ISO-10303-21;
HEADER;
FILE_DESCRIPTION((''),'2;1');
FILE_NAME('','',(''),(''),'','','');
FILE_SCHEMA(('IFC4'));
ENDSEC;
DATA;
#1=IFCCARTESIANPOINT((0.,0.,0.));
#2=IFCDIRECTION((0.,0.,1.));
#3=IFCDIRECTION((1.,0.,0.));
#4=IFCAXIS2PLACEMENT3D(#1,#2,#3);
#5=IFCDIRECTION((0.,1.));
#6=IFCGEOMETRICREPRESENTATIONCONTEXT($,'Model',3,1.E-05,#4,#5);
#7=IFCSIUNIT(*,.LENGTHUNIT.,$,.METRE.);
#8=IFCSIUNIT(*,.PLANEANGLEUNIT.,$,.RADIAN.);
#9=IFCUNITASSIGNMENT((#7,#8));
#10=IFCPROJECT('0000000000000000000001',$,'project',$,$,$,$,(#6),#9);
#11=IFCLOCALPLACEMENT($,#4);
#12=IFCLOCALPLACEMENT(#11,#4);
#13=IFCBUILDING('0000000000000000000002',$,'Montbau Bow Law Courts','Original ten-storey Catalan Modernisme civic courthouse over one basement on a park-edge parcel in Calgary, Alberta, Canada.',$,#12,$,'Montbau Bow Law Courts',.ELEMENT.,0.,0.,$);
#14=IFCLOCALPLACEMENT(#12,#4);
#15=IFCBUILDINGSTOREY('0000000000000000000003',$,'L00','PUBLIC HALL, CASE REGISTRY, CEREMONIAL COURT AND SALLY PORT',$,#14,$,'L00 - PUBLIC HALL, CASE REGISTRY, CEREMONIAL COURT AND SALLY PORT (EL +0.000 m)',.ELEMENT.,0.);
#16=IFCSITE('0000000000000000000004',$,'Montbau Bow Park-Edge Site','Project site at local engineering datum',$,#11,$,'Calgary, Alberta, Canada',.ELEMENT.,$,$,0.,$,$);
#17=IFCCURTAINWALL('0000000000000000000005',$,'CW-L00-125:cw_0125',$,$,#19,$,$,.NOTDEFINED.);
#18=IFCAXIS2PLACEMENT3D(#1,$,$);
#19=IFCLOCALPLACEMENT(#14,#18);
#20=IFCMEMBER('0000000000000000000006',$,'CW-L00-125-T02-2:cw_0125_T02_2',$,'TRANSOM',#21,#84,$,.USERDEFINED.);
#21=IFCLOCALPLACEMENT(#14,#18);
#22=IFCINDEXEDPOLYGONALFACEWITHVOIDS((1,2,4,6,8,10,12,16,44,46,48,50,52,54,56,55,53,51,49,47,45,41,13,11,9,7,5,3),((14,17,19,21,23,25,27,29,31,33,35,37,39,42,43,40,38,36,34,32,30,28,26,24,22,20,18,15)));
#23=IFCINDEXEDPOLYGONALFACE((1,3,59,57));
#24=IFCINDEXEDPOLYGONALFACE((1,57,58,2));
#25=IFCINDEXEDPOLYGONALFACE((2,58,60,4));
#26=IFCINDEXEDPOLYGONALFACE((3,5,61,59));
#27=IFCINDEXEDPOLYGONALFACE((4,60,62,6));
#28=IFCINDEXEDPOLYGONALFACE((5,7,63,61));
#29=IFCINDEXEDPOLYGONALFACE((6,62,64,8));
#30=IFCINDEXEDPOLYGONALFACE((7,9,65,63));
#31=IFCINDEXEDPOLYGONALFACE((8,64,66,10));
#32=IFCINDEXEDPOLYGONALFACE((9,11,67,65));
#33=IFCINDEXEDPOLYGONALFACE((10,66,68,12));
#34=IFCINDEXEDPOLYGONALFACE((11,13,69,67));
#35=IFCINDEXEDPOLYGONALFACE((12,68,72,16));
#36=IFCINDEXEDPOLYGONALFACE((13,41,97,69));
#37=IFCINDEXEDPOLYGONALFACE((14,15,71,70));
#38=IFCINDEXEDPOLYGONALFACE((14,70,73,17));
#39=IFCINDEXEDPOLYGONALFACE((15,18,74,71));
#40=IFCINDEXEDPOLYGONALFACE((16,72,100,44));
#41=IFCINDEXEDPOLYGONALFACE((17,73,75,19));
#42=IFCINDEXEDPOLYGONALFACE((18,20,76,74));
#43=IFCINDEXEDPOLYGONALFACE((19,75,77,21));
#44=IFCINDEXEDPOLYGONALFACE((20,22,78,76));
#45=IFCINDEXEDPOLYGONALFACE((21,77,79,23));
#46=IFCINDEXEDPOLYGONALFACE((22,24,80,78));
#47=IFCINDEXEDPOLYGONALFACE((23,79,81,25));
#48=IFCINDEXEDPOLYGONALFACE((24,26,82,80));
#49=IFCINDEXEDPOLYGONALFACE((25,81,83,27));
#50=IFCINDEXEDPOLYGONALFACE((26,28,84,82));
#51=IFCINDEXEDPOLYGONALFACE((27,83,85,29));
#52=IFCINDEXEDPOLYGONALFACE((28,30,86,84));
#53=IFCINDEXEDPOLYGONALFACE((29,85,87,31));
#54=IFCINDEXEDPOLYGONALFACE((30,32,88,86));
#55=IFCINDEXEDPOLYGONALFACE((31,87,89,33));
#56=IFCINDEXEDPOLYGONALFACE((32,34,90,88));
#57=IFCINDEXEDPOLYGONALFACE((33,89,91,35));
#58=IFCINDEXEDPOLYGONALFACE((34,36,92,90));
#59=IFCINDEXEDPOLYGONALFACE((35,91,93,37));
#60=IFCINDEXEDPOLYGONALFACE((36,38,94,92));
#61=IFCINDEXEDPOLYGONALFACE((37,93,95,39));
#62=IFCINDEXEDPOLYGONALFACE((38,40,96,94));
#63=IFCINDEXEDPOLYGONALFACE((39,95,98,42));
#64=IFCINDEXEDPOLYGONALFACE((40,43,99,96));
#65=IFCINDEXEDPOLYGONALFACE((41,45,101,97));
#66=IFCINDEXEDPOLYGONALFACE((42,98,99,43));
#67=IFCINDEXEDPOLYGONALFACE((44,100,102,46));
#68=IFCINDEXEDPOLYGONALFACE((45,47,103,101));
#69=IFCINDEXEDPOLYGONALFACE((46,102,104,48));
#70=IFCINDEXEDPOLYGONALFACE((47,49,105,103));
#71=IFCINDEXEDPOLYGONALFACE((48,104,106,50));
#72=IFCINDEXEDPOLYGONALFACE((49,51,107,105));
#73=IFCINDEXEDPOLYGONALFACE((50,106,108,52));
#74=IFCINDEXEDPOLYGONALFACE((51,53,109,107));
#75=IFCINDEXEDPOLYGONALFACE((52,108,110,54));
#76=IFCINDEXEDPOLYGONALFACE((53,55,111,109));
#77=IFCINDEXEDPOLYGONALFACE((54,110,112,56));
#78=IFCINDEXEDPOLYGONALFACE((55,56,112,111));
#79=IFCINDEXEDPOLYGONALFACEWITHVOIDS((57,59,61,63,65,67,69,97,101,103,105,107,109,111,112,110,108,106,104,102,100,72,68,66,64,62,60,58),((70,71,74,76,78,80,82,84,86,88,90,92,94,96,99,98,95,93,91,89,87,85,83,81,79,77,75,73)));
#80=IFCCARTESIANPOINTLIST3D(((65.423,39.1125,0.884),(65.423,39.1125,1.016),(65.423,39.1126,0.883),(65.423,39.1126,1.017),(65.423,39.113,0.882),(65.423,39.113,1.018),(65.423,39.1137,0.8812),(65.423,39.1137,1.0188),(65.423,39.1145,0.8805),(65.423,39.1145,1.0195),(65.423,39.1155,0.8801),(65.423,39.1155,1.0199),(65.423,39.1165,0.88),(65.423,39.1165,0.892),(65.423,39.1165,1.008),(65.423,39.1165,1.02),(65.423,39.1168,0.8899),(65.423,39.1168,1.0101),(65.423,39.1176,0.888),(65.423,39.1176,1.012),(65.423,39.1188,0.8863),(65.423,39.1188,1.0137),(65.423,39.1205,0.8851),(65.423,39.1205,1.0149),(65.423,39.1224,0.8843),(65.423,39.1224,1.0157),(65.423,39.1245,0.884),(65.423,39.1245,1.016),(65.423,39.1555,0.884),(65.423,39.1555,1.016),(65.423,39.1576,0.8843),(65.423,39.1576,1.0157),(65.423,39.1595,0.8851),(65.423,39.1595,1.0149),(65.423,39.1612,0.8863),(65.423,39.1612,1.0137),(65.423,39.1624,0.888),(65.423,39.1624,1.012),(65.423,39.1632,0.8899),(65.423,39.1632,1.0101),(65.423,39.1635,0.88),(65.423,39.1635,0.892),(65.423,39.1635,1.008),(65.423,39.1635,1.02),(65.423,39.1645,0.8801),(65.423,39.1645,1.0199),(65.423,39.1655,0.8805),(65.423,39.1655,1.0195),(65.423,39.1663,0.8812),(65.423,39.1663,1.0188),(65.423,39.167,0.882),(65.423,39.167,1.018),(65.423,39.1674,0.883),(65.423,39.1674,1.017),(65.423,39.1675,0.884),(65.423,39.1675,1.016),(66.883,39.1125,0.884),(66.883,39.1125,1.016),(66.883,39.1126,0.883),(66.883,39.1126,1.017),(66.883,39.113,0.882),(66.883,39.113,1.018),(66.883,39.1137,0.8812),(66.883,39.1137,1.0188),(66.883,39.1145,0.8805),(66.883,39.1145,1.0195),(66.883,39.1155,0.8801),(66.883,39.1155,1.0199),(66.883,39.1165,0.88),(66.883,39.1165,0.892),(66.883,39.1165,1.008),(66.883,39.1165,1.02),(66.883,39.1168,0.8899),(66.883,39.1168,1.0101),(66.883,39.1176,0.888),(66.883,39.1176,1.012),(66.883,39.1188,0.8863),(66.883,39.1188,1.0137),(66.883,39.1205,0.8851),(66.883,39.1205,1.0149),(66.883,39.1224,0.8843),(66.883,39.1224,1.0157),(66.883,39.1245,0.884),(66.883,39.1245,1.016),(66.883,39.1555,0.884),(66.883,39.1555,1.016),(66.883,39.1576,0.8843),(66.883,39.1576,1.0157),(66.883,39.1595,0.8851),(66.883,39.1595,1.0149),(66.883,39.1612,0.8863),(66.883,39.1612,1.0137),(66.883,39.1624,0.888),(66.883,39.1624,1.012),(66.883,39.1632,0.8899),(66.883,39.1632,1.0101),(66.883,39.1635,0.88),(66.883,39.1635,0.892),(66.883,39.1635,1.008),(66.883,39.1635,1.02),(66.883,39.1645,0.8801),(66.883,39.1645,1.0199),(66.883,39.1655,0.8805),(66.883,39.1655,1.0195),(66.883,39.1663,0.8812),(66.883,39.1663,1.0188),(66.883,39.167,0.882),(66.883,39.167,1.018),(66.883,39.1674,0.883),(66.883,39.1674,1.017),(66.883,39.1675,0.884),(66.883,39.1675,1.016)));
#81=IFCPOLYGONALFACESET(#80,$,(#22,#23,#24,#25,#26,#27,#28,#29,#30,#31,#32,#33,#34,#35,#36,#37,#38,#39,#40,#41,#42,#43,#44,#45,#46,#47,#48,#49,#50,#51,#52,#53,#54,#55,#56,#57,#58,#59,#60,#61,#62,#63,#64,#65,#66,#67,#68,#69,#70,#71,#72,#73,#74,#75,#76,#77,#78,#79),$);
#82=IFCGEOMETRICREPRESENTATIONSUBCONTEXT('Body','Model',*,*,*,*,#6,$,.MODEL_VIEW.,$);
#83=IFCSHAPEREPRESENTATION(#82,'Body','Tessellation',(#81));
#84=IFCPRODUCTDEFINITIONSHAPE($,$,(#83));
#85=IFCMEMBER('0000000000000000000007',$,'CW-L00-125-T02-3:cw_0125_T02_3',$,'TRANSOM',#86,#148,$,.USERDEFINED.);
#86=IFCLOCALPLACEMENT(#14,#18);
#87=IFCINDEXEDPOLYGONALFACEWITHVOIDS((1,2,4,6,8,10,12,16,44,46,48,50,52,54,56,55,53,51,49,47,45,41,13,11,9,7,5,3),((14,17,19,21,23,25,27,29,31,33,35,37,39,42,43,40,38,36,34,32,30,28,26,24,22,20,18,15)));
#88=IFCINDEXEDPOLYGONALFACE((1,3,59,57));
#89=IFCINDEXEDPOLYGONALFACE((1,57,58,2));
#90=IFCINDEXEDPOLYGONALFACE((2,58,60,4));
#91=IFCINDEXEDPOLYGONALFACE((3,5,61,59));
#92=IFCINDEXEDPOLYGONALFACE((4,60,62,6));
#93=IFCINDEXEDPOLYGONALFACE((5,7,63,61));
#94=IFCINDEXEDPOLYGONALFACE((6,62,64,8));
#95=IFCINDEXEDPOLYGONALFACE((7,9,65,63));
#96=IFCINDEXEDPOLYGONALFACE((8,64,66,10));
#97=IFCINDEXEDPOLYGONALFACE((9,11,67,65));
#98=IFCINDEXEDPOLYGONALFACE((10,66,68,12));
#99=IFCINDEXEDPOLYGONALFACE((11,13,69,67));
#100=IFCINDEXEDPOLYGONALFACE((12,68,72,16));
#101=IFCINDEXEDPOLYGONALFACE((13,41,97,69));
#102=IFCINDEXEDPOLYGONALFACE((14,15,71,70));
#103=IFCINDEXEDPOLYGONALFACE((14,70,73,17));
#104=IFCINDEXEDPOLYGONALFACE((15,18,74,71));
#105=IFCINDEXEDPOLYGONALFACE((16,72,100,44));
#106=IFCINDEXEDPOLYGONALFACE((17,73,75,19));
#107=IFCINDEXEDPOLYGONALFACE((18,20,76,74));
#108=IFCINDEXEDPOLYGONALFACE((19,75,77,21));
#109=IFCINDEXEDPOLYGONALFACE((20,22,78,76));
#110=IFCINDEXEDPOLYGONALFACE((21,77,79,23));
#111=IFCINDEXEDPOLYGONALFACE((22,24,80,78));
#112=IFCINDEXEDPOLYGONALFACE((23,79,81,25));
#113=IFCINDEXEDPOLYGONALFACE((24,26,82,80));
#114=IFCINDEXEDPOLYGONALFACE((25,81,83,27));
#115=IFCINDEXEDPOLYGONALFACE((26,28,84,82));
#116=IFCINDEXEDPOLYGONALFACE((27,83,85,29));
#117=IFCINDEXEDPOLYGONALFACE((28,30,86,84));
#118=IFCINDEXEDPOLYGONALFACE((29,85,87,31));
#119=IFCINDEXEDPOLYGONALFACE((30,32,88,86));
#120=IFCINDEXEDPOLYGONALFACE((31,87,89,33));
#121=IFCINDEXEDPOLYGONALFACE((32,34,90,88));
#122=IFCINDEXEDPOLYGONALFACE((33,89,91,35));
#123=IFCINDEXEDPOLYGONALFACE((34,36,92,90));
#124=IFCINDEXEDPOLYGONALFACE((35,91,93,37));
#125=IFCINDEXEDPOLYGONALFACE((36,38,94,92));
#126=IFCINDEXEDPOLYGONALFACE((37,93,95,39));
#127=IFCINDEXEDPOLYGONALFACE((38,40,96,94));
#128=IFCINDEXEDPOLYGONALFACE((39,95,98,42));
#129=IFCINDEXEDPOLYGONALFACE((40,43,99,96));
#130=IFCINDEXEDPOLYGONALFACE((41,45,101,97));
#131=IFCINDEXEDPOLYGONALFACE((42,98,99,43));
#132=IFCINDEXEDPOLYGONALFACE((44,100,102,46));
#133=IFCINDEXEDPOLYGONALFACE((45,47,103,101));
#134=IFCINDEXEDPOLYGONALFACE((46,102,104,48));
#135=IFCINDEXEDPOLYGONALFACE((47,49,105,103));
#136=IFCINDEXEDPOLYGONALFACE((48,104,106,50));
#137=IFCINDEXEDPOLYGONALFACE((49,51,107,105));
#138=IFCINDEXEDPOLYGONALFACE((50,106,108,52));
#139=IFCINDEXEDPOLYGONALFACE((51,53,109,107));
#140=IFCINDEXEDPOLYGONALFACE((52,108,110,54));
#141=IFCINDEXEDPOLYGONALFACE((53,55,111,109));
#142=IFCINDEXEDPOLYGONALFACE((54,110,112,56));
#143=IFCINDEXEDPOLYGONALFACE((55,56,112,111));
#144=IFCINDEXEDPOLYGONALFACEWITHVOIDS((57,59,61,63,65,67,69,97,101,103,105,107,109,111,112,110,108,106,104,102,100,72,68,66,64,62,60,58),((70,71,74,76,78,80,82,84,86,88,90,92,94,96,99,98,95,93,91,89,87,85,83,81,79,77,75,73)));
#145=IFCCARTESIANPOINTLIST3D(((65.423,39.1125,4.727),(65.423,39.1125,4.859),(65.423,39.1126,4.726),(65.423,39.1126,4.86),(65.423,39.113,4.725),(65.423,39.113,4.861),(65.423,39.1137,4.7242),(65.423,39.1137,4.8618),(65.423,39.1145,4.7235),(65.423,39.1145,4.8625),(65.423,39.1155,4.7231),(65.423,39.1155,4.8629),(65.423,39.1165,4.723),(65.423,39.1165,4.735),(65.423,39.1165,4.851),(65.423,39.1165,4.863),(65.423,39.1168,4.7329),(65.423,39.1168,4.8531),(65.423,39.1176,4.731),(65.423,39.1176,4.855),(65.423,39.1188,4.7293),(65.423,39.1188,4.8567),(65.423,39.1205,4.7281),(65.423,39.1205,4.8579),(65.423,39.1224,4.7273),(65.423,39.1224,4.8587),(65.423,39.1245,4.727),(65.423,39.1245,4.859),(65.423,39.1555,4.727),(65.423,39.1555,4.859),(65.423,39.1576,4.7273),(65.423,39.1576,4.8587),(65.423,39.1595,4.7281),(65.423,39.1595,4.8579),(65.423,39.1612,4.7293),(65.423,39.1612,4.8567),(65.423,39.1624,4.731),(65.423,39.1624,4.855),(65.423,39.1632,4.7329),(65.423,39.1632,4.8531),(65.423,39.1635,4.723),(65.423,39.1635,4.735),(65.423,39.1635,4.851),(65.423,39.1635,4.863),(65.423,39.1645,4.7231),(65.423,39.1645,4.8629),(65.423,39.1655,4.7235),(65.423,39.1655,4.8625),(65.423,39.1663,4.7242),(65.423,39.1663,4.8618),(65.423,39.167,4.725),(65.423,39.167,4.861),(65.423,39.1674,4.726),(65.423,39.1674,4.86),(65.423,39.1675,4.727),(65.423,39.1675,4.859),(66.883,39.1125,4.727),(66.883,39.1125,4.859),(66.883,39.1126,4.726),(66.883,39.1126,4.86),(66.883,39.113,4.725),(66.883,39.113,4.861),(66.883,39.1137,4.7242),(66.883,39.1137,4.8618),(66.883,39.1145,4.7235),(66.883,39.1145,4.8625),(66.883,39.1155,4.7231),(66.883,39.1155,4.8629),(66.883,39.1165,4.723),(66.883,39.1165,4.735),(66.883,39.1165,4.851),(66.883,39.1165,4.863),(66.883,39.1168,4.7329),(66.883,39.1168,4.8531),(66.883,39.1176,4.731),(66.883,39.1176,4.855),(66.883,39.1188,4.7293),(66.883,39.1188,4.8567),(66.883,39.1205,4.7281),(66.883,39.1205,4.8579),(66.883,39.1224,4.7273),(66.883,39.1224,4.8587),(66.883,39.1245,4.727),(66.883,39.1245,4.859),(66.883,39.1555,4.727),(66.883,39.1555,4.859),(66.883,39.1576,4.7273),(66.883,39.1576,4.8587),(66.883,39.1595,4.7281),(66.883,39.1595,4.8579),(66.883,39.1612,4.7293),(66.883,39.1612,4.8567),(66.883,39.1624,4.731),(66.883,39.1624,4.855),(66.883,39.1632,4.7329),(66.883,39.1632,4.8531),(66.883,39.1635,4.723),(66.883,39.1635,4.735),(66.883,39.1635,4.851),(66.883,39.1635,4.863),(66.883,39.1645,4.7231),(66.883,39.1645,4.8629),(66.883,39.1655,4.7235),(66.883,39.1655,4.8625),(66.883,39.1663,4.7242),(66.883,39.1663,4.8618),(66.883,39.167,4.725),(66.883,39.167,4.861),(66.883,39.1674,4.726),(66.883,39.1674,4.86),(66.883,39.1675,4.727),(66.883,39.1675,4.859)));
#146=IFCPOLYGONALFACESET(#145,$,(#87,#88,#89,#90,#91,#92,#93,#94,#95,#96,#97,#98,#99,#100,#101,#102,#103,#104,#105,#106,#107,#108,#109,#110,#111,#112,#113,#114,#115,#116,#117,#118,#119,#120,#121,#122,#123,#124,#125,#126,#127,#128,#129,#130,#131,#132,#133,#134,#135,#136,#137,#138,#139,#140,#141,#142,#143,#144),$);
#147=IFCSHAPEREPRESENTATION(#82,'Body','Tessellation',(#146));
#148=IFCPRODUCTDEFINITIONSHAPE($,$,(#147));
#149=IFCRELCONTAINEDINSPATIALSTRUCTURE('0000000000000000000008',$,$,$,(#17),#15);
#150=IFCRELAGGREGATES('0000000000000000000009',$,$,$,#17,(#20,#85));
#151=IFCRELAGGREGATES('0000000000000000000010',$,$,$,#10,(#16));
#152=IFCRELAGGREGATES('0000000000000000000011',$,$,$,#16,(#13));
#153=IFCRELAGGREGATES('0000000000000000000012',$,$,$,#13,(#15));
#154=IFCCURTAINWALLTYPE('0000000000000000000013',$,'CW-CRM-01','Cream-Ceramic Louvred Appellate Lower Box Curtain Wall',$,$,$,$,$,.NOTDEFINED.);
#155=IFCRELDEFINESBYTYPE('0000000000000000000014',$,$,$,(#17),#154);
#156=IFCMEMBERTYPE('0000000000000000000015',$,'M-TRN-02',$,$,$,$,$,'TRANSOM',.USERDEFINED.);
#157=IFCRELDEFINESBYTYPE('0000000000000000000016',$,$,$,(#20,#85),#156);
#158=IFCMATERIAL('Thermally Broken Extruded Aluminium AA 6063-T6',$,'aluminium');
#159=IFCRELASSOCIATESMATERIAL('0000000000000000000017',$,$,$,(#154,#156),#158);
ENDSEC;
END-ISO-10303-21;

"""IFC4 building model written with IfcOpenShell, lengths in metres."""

from ifc_helpers import new_model, si_unit, direction, frame, origin_with_axes, origin_2d_with_axis, place, context, subcontext, project, spatial, hollow_rectangle, extrude, material, material_profile, profile_set, type_object, element, aggregate, save


model = new_model("IFC4")

# Units and contexts
model_context = context("Model", 3, precision=1e-05, world=origin_with_axes(), true_north=direction((0.0, 1.0)))
body_context = subcontext(model_context, "Body", "Model", "MODEL_VIEW")
ifc_project = project(units=[si_unit("LENGTHUNIT", "METRE"), si_unit("PLANEANGLEUNIT", "RADIAN")], contexts=[model_context])

# Site, building, storey
site_placement = place(None, origin_with_axes())
site = spatial("IfcSite", under=ifc_project, at=site_placement, Name="Montbau Bow Park-Edge Site", Description="Project site at local engineering datum", LongName="Calgary, Alberta, Canada", CompositionType="ELEMENT", RefElevation=0.0)
building_placement = place(site_placement, origin_with_axes())
building = spatial("IfcBuilding", under=site, at=building_placement, Name="Montbau Bow Law Courts", Description="Original ten-storey Catalan Modernisme civic courthouse over one basement on a park-edge parcel in Calgary, Alberta, Canada.", LongName="Montbau Bow Law Courts", CompositionType="ELEMENT", ElevationOfRefHeight=0.0, ElevationOfTerrain=0.0)
storey_placement = place(building_placement, origin_with_axes())
storey = spatial("IfcBuildingStorey", under=building, at=storey_placement, Name="L00", Description="PUBLIC HALL, CASE REGISTRY, CEREMONIAL COURT AND SALLY PORT", LongName="L00 - PUBLIC HALL, CASE REGISTRY, CEREMONIAL COURT AND SALLY PORT (EL +0.000 m)", CompositionType="ELEMENT", Elevation=0.0)

# Shared definitions
ifc_material_1 = material(Name="Thermally Broken Extruded Aluminium AA 6063-T6", Category="aluminium")
curtain_wall_type = type_object("IfcCurtainWallType", Name="CW-CRM-01", Description="Cream-Ceramic Louvred Appellate Lower Box Curtain Wall", PredefinedType="NOTDEFINED", material=ifc_material_1)

# Curtain wall
curtain_wall_1_placement = place(None, frame((63.868, 39.14, 0.0), z_axis=(0.0, 0.0, 1.0), x_axis=(1.0, 0.0, 0.0)))
curtain_wall_1 = element("IfcCurtainWall", 1, at=curtain_wall_1_placement, inside=storey, type_object=curtain_wall_type, Name="CW-L00-125:cw_0125", PredefinedType="NOTDEFINED")

# Members
ifc_material_profile_1 = material_profile(ifc_material_1, hollow_rectangle(XDim=0.055, YDim=0.14, WallThickness=0.004, InnerFilletRadius=0.008, OuterFilletRadius=0.004, at=origin_2d_with_axis()), Name="CWT-140X55", Category="Main", Priority=0)
ifc_profile_set_1 = profile_set([ifc_material_profile_1], Name="Thermally Broken Extruded Aluminium AA 6063-T6")
member_type_1 = type_object("IfcMemberType", Name="M-TRN-02", ElementType="TRANSOM", PredefinedType="USERDEFINED", material=ifc_profile_set_1)
member_1_placement = place(None, frame((65.423, 39.14, 0.95), z_axis=(1.0, 0.0, 0.0), x_axis=(0.0, 1.0, 0.0)))
member_1 = element("IfcMember", 2, at=member_1_placement, type_object=member_type_1, Name="CW-L00-125-T02-2:cw_0125_T02_2", ObjectType="TRANSOM", PredefinedType="USERDEFINED", context=body_context, shape_type="SweptSolid", body=[
    extrude(hollow_rectangle(XDim=0.055, YDim=0.14, WallThickness=0.004, InnerFilletRadius=0.008, OuterFilletRadius=0.004, at=origin_2d_with_axis()), origin_with_axes(), (0.0, 0.0, 1.0), 1.46),
])
member_2_placement = place(None, frame((65.423, 39.14, 4.793), z_axis=(1.0, 0.0, 0.0), x_axis=(0.0, 1.0, 0.0)))
member_2 = element("IfcMember", 3, at=member_2_placement, type_object=member_type_1, Name="CW-L00-125-T02-3:cw_0125_T02_3", ObjectType="TRANSOM", PredefinedType="USERDEFINED", context=body_context, shape_type="SweptSolid", body=[
    extrude(hollow_rectangle(XDim=0.055, YDim=0.14, WallThickness=0.004, InnerFilletRadius=0.008, OuterFilletRadius=0.004, at=origin_2d_with_axis()), origin_with_axes(), (0.0, 0.0, 1.0), 1.46),
])

aggregate(curtain_wall_1, [member_1, member_2])

save(model, "model.ifc")
